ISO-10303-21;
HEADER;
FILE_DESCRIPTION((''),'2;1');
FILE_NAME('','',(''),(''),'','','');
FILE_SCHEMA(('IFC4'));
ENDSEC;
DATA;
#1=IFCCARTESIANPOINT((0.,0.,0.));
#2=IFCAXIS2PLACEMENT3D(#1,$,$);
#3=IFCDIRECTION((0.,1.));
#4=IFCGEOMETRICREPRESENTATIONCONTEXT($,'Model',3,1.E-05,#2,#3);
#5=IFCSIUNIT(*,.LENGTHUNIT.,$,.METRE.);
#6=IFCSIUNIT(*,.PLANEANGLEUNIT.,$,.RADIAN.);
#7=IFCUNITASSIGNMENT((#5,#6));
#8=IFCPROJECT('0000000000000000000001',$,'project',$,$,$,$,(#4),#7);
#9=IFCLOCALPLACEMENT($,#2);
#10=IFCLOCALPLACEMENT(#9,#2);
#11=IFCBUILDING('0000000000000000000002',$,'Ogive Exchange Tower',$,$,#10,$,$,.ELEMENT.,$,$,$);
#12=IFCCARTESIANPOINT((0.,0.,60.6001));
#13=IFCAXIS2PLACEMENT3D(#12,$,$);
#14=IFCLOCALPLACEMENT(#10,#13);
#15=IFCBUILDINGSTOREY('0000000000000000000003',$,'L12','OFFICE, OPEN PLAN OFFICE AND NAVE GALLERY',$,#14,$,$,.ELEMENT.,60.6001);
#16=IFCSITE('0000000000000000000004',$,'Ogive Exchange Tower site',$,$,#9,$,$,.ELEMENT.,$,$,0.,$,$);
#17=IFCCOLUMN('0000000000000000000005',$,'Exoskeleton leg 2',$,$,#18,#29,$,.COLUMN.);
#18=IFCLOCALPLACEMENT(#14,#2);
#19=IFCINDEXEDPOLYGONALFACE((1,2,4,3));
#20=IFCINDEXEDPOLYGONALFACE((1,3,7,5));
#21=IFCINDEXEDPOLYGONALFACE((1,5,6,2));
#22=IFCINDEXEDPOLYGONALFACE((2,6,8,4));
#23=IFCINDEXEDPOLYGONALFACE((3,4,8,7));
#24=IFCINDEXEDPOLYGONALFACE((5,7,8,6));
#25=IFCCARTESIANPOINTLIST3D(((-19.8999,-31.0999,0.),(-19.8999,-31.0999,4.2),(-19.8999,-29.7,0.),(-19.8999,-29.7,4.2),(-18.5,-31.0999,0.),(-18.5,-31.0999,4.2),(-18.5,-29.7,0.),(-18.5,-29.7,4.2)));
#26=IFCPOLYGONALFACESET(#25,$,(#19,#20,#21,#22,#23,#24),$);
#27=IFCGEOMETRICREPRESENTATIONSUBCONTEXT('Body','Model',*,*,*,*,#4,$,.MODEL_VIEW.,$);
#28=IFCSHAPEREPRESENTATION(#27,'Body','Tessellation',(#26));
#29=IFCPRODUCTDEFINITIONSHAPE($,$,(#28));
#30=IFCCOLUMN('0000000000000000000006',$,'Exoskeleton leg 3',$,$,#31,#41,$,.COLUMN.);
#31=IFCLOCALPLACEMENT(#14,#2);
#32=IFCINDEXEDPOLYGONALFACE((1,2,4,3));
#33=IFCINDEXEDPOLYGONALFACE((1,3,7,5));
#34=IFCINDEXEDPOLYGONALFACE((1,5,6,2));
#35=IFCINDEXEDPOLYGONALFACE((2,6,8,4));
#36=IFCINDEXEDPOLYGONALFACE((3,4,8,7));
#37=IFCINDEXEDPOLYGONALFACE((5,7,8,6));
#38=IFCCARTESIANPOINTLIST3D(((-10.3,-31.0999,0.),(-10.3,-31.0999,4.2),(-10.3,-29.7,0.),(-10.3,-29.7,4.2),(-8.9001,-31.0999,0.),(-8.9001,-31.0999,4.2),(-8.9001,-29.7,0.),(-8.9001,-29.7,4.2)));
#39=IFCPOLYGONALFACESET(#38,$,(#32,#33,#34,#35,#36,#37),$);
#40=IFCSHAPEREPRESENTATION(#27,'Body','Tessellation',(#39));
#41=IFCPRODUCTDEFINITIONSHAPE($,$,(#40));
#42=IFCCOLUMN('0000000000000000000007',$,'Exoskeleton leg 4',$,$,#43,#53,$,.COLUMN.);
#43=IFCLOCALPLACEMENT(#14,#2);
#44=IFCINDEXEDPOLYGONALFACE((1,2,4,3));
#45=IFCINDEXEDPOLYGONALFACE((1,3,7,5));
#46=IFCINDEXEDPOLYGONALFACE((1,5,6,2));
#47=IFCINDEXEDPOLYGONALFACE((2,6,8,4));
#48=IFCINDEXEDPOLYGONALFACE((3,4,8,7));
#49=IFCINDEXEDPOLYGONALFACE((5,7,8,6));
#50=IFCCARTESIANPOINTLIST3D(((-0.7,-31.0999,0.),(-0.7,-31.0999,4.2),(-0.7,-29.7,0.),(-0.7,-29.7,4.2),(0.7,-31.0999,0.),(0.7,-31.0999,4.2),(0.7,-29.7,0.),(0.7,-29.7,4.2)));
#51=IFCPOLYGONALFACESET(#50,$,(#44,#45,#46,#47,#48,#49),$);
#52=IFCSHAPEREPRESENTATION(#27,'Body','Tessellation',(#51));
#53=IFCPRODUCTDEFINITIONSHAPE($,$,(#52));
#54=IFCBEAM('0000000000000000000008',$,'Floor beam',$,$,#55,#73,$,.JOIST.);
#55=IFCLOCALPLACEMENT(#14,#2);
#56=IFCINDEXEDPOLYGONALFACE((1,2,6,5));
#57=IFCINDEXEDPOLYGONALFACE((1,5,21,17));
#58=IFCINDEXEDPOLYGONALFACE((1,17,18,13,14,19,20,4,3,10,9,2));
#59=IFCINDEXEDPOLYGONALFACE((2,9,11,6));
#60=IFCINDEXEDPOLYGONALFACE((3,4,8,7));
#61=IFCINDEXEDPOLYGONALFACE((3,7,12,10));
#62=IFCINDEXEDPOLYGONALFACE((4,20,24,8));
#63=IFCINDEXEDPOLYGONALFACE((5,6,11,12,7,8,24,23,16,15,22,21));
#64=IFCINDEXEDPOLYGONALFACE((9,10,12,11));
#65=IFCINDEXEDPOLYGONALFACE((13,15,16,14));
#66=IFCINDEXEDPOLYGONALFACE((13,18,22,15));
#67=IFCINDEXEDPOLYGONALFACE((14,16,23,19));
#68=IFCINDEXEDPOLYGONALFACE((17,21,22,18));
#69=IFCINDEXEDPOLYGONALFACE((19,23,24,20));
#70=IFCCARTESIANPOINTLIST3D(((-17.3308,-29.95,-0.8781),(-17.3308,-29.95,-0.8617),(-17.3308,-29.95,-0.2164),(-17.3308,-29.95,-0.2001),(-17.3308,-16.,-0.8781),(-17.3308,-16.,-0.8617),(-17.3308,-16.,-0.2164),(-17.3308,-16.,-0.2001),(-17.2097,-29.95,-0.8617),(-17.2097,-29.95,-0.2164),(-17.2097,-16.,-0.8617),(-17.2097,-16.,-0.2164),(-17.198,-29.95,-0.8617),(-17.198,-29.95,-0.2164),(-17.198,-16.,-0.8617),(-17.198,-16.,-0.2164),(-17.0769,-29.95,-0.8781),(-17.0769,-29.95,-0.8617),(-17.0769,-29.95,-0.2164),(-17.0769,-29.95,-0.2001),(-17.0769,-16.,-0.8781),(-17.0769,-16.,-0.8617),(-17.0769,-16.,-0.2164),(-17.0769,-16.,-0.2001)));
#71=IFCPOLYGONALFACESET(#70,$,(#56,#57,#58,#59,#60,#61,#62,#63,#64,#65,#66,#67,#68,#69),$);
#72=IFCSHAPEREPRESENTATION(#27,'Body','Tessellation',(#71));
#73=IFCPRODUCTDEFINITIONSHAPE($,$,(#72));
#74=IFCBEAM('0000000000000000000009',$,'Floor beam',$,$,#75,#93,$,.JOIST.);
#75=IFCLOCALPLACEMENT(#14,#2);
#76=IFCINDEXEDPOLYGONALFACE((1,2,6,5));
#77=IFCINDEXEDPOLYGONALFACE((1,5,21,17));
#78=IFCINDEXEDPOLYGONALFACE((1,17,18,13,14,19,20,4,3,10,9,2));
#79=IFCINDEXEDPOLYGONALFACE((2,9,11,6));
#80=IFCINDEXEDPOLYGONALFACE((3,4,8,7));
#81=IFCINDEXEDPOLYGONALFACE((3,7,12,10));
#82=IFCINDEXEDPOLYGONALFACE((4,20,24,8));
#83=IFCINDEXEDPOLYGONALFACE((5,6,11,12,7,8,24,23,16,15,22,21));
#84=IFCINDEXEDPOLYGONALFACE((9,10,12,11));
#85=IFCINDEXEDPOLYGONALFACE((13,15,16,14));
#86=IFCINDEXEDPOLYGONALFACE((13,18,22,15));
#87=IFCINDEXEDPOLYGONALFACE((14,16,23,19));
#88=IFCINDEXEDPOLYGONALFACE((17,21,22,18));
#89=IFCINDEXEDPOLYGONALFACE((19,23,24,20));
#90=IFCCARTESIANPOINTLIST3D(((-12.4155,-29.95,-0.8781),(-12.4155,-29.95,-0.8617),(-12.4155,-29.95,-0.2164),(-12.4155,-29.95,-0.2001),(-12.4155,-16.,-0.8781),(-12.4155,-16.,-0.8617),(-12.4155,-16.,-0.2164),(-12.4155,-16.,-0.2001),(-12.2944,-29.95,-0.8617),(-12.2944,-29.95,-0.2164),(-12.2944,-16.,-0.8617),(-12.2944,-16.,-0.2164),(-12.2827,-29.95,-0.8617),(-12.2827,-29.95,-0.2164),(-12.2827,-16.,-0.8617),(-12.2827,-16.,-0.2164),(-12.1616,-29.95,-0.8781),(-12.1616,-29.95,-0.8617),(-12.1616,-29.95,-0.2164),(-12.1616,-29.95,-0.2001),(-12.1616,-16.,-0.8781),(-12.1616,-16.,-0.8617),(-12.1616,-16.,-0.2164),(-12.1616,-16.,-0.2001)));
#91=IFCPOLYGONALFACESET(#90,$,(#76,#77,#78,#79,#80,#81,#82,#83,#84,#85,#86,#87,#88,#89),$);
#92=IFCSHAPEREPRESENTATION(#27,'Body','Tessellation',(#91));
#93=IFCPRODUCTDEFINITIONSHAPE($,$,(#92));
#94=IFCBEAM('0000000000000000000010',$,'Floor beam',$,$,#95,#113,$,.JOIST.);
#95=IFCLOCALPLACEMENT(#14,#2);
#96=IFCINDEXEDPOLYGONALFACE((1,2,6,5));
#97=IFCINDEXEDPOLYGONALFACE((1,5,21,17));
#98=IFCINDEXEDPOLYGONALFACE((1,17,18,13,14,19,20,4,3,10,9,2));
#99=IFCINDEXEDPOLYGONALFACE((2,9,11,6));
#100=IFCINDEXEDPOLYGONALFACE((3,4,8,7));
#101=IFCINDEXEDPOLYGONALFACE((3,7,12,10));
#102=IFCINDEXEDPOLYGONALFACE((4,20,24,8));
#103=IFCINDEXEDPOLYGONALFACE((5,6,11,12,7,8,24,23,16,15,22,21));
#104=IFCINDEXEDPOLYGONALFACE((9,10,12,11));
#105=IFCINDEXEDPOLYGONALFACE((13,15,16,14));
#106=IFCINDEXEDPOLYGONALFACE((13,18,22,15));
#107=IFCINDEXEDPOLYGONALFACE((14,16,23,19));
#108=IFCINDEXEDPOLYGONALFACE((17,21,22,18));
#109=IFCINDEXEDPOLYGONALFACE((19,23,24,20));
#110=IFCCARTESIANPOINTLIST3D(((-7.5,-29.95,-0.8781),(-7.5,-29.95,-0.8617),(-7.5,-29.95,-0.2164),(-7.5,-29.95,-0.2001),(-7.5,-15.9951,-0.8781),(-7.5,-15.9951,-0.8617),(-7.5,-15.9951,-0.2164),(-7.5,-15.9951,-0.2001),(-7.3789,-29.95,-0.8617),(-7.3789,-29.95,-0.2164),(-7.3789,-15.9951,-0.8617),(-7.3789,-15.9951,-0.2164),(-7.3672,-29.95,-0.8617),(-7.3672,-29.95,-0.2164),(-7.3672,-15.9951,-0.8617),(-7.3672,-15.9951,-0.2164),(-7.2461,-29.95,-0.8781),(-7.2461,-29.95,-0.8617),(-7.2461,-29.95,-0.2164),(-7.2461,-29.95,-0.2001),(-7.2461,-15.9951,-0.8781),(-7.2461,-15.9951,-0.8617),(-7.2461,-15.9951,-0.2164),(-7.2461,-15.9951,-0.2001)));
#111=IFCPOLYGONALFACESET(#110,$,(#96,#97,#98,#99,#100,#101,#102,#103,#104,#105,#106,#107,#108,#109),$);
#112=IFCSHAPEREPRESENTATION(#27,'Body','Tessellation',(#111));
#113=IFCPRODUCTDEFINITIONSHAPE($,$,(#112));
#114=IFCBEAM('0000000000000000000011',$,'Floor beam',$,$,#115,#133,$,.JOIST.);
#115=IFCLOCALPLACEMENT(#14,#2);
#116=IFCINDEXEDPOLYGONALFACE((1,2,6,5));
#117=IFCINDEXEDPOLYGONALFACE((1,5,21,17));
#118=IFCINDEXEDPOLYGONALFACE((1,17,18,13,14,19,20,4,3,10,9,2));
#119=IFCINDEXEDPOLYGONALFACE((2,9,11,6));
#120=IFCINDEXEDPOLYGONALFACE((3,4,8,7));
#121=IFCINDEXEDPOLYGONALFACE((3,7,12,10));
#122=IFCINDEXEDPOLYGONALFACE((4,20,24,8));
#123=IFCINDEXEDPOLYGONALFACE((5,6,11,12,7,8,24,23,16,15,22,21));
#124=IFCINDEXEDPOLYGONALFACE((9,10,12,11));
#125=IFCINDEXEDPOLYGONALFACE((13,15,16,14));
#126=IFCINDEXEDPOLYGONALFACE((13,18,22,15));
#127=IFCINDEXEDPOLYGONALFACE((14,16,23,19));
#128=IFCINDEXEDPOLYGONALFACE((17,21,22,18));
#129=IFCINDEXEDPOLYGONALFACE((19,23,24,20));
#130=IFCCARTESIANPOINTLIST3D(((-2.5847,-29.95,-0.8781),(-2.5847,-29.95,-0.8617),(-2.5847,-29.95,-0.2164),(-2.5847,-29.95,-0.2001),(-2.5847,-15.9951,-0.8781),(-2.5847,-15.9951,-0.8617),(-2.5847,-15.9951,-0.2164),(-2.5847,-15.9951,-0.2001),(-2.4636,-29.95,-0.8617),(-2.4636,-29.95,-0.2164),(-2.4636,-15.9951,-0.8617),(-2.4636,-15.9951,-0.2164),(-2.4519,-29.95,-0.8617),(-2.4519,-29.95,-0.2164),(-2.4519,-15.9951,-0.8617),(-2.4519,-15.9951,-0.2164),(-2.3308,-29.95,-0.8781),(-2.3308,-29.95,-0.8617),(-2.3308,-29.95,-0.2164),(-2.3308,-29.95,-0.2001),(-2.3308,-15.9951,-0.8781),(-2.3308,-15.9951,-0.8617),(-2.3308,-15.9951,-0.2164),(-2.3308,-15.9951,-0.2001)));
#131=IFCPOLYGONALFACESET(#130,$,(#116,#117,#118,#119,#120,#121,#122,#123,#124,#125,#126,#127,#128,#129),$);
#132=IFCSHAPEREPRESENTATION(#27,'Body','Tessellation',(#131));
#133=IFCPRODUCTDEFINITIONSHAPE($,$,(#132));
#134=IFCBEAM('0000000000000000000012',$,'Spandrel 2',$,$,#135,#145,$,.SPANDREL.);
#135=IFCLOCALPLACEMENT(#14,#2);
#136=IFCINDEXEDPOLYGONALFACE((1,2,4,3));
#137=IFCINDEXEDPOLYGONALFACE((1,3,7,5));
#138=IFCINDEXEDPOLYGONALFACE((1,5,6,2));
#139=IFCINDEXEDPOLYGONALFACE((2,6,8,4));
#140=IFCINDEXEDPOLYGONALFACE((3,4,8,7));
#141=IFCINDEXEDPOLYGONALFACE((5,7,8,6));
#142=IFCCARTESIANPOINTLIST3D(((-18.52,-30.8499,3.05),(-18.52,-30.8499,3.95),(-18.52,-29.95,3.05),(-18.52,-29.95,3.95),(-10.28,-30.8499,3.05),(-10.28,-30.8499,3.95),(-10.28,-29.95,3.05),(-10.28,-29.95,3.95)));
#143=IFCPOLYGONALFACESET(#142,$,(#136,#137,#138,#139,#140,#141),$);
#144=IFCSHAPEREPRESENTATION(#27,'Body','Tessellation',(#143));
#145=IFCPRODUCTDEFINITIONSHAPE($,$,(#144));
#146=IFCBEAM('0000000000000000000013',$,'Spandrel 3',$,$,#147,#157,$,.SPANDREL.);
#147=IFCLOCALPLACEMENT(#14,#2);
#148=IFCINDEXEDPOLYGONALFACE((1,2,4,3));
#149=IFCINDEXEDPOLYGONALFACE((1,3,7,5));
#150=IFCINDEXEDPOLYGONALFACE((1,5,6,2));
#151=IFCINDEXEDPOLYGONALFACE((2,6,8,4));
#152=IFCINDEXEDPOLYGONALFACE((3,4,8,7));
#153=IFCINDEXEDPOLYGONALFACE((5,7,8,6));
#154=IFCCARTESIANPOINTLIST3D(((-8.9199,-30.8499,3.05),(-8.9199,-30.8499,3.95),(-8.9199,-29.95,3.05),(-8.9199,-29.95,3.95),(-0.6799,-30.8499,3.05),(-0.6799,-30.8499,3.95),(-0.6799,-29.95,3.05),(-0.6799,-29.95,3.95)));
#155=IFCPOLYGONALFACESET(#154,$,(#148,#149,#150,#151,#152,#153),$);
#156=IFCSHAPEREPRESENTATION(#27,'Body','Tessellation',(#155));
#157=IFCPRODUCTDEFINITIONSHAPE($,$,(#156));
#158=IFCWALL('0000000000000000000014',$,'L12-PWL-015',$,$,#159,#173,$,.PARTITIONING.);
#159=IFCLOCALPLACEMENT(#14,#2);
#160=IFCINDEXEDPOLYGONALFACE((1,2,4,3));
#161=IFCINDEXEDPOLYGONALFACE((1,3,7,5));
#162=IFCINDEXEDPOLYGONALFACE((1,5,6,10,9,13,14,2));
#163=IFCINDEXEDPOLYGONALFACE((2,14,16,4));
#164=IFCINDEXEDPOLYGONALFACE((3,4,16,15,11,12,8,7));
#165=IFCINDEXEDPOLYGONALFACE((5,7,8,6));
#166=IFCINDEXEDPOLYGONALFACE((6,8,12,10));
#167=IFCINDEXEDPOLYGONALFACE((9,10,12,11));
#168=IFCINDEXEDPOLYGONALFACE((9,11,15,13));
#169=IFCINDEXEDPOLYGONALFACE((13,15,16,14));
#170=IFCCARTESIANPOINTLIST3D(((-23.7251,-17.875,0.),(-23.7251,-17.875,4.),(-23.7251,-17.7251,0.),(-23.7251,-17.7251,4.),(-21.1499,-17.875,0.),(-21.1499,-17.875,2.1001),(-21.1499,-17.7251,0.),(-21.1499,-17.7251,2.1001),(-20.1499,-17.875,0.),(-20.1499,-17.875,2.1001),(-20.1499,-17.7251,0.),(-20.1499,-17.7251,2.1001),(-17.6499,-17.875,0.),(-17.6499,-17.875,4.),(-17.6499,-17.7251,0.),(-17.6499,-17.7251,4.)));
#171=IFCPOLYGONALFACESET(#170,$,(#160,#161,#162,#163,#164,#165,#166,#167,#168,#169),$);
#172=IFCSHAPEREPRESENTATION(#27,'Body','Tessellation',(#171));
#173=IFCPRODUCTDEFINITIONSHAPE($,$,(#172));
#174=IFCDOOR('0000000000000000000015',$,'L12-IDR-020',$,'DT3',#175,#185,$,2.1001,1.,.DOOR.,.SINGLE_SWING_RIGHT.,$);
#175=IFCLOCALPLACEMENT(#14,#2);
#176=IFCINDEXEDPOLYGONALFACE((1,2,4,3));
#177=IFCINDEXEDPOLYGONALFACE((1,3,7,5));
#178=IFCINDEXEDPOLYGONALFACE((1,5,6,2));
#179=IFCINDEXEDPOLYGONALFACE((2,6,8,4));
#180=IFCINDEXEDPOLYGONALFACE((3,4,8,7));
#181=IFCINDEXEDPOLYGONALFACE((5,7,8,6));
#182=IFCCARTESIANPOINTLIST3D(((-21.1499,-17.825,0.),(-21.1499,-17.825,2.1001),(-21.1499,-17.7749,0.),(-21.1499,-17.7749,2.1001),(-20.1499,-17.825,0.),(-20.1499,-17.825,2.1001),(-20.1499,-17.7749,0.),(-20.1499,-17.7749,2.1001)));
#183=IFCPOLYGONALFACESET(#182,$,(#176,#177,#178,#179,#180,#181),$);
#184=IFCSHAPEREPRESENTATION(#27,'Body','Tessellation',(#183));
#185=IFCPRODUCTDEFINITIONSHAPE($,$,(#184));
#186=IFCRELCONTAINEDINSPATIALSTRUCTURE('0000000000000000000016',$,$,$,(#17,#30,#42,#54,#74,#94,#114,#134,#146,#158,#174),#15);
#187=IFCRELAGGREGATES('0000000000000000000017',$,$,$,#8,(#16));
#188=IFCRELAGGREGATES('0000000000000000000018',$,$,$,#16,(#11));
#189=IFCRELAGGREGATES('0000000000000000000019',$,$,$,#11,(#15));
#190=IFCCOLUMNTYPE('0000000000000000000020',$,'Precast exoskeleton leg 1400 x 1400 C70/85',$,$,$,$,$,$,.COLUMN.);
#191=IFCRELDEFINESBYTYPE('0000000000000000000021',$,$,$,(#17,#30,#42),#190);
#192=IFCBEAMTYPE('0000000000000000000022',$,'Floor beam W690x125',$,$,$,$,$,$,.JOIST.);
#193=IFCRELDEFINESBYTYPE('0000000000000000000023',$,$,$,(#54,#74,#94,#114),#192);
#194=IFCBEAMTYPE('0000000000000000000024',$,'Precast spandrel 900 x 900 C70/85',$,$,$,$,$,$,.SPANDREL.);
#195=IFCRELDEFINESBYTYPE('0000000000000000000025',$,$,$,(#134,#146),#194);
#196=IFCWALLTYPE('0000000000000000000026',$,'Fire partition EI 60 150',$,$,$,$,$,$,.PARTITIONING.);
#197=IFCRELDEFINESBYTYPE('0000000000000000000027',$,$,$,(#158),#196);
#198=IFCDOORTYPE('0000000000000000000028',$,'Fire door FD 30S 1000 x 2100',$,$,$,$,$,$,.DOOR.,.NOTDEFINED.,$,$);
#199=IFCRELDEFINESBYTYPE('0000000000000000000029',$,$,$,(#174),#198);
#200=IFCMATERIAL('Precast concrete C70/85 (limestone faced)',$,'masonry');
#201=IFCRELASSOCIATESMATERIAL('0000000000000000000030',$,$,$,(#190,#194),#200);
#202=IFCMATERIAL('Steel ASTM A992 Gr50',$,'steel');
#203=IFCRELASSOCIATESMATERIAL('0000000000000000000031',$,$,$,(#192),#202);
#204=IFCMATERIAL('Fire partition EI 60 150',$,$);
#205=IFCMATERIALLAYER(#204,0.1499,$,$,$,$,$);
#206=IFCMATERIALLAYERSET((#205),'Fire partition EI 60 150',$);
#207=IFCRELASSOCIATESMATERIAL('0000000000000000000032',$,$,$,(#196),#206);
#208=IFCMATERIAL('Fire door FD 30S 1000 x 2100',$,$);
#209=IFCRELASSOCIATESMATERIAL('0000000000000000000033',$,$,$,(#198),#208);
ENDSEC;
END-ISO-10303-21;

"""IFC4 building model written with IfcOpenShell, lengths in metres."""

from ifc_helpers import new_model, si_unit, direction, frame, frame_2d, origin, origin_2d, place, context, subcontext, project, spatial, rectangle, i_section, extrude, material, layer, layer_set, material_profile, profile_set, type_object, element, fill, save


model = new_model("IFC4")

# Units and contexts
model_context = context("Model", 3, precision=1e-05, world=origin(), true_north=direction((0.0, 1.0)))
body_context = subcontext(model_context, "Body", "Model", "MODEL_VIEW")
ifc_project = project(units=[si_unit("LENGTHUNIT", "METRE"), si_unit("PLANEANGLEUNIT", "RADIAN")], contexts=[model_context])

# Site, building, storey
site_placement = place(None, origin())
site = spatial("IfcSite", under=ifc_project, at=site_placement, Name="Ogive Exchange Tower site", CompositionType="ELEMENT", RefElevation=0.0)
building_placement = place(site_placement, origin())
building = spatial("IfcBuilding", under=site, at=building_placement, Name="Ogive Exchange Tower", CompositionType="ELEMENT")
storey_placement = place(building_placement, frame((0.0, 0.0, 60.6001)))
storey = spatial("IfcBuildingStorey", under=building, at=storey_placement, Name="L12", Description="OFFICE, OPEN PLAN OFFICE AND NAVE GALLERY", CompositionType="ELEMENT", Elevation=60.6001)

# Columns
ifc_material_1 = material(Name="Precast concrete C70/85 (limestone faced)", Category="masonry")
ifc_material_profile_1 = material_profile(ifc_material_1, rectangle(XDim=1.3999, YDim=1.3999, at=origin_2d()), Name="1400 x 1400")
ifc_profile_set_1 = profile_set([ifc_material_profile_1], Name="Precast concrete C70/85 (limestone faced)")
column_type = type_object("IfcColumnType", Name="Precast exoskeleton leg 1400 x 1400 C70/85", PredefinedType="COLUMN", material=ifc_profile_set_1)
for number, where, z_axis, x_axis, name in (
    (1, (-19.2, -30.3999, 0.0), (0.0, 0.0, 1.0), (1.0, 0.0, 0.0), "Exoskeleton leg 2"),
    (2, (-9.6001, -30.3999, 0.0), (0.0, 0.0, 1.0), (1.0, 0.0, 0.0), "Exoskeleton leg 3"),
    (3, (0.0, -30.3999, 0.0), (0.0, 0.0, 1.0), (1.0, 0.0, 0.0), "Exoskeleton leg 4"),
):
    element("IfcColumn", number, at=place(storey_placement, frame(where, z_axis=z_axis, x_axis=x_axis)), inside=storey, type_object=column_type, Name=name, PredefinedType="COLUMN", context=body_context, shape_type="SweptSolid", body=[
        extrude(rectangle(XDim=1.3999, YDim=1.3999, at=origin_2d()), origin(), (0.0, 0.0, 1.0), 4.2),
    ])

# Beams
ifc_material_2 = material(Name="Steel ASTM A992 Gr50", Category="steel")
ifc_material_profile_2 = material_profile(ifc_material_2, i_section(OverallWidth=0.2539, OverallDepth=0.678, WebThickness=0.0117, FlangeThickness=0.0164, at=origin_2d()), Name="W690x125")
ifc_profile_set_2 = profile_set([ifc_material_profile_2], Name="Steel ASTM A992 Gr50")
beam_type_1 = type_object("IfcBeamType", Name="Floor beam W690x125", PredefinedType="JOIST", material=ifc_profile_set_2)
for number, where, z_axis, x_axis, name in (
    (4, (-17.2039, -29.95, -0.5391), (0.0, 1.0, 0.0), (-1.0, 0.0, 0.0), "Floor beam"),
    (5, (-12.2886, -29.95, -0.5391), (0.0, 1.0, 0.0), (-1.0, 0.0, 0.0), "Floor beam"),
):
    element("IfcBeam", number, at=place(storey_placement, frame(where, z_axis=z_axis, x_axis=x_axis)), inside=storey, type_object=beam_type_1, Name=name, PredefinedType="JOIST", context=body_context, shape_type="SweptSolid", body=[
        extrude(i_section(OverallWidth=0.2539, OverallDepth=0.678, WebThickness=0.0117, FlangeThickness=0.0164, at=origin_2d()), origin(), (0.0, 0.0, 1.0), 13.95),
    ])
for number, where, z_axis, x_axis, name in (
    (6, (-7.373, -29.95, -0.5391), (0.0, 1.0, 0.0), (-1.0, 0.0, 0.0), "Floor beam"),
    (7, (-2.4578, -29.95, -0.5391), (0.0, 1.0, 0.0), (-1.0, 0.0, 0.0), "Floor beam"),
):
    element("IfcBeam", number, at=place(storey_placement, frame(where, z_axis=z_axis, x_axis=x_axis)), inside=storey, type_object=beam_type_1, Name=name, PredefinedType="JOIST", context=body_context, shape_type="SweptSolid", body=[
        extrude(i_section(OverallWidth=0.2539, OverallDepth=0.678, WebThickness=0.0117, FlangeThickness=0.0164, at=origin_2d()), origin(), (0.0, 0.0, 1.0), 13.9548),
    ])
ifc_material_profile_3 = material_profile(ifc_material_1, rectangle(XDim=0.8999, YDim=0.8999, at=origin_2d()), Name="900 x 900")
ifc_profile_set_3 = profile_set([ifc_material_profile_3], Name="Precast concrete C70/85 (limestone faced)")
beam_type_2 = type_object("IfcBeamType", Name="Precast spandrel 900 x 900 C70/85", PredefinedType="SPANDREL", material=ifc_profile_set_3)
for number, where, z_axis, x_axis, name in (
    (8, (-18.52, -30.3999, 3.5), (1.0, 0.0, 0.0), (0.0, 1.0, 0.0), "Spandrel 2"),
    (9, (-8.9199, -30.3999, 3.5), (1.0, 0.0, 0.0), (0.0, 1.0, 0.0), "Spandrel 3"),
):
    element("IfcBeam", number, at=place(storey_placement, frame(where, z_axis=z_axis, x_axis=x_axis)), inside=storey, type_object=beam_type_2, Name=name, PredefinedType="SPANDREL", context=body_context, shape_type="SweptSolid", body=[
        extrude(rectangle(XDim=0.8999, YDim=0.8999, at=origin_2d()), origin(), (0.0, 0.0, 1.0), 8.24),
    ])

# Wall, opening, door
ifc_material_3 = material(Name="Fire partition EI 60 150")
ifc_layer_1 = layer(ifc_material_3, 0.1499)
ifc_layer_set_1 = layer_set([ifc_layer_1], Name="Fire partition EI 60 150")
wall_type_1 = type_object("IfcWallType", Name="Fire partition EI 60 150", PredefinedType="PARTITIONING", material=ifc_layer_set_1)
wall_1_placement = place(storey_placement, frame((-17.6499, -17.8, 0.0), z_axis=(0.0, 0.0, 1.0), x_axis=(-1.0, 0.0, 0.0)))
wall_1 = element("IfcWall", 10, at=wall_1_placement, inside=storey, type_object=wall_type_1, Name="L12-PWL-015", PredefinedType="PARTITIONING", context=body_context, shape_type="SweptSolid", body=[
    extrude(rectangle(XDim=6.0752, YDim=0.1499, at=frame_2d((3.0376, 0.0))), origin(), (0.0, 0.0, 1.0), 4.0),
])
opening_1_placement = place(wall_1_placement, frame((2.5, 0.0, 0.0)))
opening_1 = element("IfcOpeningElement", 11, at=opening_1_placement, cuts=wall_1, PredefinedType="OPENING", context=body_context, shape_type="SweptSolid", body=[
    extrude(rectangle(XDim=1.0, YDim=2.1001, at=frame_2d((0.5, 1.05))), frame((0.0, 0.085, 0.0), z_axis=(0.0, -1.0, 0.0), x_axis=(1.0, 0.0, 0.0)), (0.0, 0.0, 1.0), 0.1699),
])
ifc_material_4 = material(Name="Fire door FD 30S 1000 x 2100")
door_type_1 = type_object("IfcDoorType", Name="Fire door FD 30S 1000 x 2100", OperationType="NOTDEFINED", PredefinedType="DOOR", material=ifc_material_4)
door_1_placement = place(opening_1_placement, origin())
door_1 = element("IfcDoor", 12, at=door_1_placement, inside=storey, type_object=door_type_1, Name="L12-IDR-020", ObjectType="DT3", OperationType="SINGLE_SWING_RIGHT", OverallHeight=2.1001, OverallWidth=1.0, PredefinedType="DOOR", context=body_context, shape_type="SweptSolid", body=[
    extrude(rectangle(XDim=1.0, YDim=2.1001, at=frame_2d((0.5, 1.05))), frame((0.0, 0.0249, 0.0), z_axis=(0.0, -1.0, 0.0), x_axis=(1.0, 0.0, 0.0)), (0.0, 0.0, 1.0), 0.05),
])
fill(opening_1, door_1)

save(model, "model.ifc")
